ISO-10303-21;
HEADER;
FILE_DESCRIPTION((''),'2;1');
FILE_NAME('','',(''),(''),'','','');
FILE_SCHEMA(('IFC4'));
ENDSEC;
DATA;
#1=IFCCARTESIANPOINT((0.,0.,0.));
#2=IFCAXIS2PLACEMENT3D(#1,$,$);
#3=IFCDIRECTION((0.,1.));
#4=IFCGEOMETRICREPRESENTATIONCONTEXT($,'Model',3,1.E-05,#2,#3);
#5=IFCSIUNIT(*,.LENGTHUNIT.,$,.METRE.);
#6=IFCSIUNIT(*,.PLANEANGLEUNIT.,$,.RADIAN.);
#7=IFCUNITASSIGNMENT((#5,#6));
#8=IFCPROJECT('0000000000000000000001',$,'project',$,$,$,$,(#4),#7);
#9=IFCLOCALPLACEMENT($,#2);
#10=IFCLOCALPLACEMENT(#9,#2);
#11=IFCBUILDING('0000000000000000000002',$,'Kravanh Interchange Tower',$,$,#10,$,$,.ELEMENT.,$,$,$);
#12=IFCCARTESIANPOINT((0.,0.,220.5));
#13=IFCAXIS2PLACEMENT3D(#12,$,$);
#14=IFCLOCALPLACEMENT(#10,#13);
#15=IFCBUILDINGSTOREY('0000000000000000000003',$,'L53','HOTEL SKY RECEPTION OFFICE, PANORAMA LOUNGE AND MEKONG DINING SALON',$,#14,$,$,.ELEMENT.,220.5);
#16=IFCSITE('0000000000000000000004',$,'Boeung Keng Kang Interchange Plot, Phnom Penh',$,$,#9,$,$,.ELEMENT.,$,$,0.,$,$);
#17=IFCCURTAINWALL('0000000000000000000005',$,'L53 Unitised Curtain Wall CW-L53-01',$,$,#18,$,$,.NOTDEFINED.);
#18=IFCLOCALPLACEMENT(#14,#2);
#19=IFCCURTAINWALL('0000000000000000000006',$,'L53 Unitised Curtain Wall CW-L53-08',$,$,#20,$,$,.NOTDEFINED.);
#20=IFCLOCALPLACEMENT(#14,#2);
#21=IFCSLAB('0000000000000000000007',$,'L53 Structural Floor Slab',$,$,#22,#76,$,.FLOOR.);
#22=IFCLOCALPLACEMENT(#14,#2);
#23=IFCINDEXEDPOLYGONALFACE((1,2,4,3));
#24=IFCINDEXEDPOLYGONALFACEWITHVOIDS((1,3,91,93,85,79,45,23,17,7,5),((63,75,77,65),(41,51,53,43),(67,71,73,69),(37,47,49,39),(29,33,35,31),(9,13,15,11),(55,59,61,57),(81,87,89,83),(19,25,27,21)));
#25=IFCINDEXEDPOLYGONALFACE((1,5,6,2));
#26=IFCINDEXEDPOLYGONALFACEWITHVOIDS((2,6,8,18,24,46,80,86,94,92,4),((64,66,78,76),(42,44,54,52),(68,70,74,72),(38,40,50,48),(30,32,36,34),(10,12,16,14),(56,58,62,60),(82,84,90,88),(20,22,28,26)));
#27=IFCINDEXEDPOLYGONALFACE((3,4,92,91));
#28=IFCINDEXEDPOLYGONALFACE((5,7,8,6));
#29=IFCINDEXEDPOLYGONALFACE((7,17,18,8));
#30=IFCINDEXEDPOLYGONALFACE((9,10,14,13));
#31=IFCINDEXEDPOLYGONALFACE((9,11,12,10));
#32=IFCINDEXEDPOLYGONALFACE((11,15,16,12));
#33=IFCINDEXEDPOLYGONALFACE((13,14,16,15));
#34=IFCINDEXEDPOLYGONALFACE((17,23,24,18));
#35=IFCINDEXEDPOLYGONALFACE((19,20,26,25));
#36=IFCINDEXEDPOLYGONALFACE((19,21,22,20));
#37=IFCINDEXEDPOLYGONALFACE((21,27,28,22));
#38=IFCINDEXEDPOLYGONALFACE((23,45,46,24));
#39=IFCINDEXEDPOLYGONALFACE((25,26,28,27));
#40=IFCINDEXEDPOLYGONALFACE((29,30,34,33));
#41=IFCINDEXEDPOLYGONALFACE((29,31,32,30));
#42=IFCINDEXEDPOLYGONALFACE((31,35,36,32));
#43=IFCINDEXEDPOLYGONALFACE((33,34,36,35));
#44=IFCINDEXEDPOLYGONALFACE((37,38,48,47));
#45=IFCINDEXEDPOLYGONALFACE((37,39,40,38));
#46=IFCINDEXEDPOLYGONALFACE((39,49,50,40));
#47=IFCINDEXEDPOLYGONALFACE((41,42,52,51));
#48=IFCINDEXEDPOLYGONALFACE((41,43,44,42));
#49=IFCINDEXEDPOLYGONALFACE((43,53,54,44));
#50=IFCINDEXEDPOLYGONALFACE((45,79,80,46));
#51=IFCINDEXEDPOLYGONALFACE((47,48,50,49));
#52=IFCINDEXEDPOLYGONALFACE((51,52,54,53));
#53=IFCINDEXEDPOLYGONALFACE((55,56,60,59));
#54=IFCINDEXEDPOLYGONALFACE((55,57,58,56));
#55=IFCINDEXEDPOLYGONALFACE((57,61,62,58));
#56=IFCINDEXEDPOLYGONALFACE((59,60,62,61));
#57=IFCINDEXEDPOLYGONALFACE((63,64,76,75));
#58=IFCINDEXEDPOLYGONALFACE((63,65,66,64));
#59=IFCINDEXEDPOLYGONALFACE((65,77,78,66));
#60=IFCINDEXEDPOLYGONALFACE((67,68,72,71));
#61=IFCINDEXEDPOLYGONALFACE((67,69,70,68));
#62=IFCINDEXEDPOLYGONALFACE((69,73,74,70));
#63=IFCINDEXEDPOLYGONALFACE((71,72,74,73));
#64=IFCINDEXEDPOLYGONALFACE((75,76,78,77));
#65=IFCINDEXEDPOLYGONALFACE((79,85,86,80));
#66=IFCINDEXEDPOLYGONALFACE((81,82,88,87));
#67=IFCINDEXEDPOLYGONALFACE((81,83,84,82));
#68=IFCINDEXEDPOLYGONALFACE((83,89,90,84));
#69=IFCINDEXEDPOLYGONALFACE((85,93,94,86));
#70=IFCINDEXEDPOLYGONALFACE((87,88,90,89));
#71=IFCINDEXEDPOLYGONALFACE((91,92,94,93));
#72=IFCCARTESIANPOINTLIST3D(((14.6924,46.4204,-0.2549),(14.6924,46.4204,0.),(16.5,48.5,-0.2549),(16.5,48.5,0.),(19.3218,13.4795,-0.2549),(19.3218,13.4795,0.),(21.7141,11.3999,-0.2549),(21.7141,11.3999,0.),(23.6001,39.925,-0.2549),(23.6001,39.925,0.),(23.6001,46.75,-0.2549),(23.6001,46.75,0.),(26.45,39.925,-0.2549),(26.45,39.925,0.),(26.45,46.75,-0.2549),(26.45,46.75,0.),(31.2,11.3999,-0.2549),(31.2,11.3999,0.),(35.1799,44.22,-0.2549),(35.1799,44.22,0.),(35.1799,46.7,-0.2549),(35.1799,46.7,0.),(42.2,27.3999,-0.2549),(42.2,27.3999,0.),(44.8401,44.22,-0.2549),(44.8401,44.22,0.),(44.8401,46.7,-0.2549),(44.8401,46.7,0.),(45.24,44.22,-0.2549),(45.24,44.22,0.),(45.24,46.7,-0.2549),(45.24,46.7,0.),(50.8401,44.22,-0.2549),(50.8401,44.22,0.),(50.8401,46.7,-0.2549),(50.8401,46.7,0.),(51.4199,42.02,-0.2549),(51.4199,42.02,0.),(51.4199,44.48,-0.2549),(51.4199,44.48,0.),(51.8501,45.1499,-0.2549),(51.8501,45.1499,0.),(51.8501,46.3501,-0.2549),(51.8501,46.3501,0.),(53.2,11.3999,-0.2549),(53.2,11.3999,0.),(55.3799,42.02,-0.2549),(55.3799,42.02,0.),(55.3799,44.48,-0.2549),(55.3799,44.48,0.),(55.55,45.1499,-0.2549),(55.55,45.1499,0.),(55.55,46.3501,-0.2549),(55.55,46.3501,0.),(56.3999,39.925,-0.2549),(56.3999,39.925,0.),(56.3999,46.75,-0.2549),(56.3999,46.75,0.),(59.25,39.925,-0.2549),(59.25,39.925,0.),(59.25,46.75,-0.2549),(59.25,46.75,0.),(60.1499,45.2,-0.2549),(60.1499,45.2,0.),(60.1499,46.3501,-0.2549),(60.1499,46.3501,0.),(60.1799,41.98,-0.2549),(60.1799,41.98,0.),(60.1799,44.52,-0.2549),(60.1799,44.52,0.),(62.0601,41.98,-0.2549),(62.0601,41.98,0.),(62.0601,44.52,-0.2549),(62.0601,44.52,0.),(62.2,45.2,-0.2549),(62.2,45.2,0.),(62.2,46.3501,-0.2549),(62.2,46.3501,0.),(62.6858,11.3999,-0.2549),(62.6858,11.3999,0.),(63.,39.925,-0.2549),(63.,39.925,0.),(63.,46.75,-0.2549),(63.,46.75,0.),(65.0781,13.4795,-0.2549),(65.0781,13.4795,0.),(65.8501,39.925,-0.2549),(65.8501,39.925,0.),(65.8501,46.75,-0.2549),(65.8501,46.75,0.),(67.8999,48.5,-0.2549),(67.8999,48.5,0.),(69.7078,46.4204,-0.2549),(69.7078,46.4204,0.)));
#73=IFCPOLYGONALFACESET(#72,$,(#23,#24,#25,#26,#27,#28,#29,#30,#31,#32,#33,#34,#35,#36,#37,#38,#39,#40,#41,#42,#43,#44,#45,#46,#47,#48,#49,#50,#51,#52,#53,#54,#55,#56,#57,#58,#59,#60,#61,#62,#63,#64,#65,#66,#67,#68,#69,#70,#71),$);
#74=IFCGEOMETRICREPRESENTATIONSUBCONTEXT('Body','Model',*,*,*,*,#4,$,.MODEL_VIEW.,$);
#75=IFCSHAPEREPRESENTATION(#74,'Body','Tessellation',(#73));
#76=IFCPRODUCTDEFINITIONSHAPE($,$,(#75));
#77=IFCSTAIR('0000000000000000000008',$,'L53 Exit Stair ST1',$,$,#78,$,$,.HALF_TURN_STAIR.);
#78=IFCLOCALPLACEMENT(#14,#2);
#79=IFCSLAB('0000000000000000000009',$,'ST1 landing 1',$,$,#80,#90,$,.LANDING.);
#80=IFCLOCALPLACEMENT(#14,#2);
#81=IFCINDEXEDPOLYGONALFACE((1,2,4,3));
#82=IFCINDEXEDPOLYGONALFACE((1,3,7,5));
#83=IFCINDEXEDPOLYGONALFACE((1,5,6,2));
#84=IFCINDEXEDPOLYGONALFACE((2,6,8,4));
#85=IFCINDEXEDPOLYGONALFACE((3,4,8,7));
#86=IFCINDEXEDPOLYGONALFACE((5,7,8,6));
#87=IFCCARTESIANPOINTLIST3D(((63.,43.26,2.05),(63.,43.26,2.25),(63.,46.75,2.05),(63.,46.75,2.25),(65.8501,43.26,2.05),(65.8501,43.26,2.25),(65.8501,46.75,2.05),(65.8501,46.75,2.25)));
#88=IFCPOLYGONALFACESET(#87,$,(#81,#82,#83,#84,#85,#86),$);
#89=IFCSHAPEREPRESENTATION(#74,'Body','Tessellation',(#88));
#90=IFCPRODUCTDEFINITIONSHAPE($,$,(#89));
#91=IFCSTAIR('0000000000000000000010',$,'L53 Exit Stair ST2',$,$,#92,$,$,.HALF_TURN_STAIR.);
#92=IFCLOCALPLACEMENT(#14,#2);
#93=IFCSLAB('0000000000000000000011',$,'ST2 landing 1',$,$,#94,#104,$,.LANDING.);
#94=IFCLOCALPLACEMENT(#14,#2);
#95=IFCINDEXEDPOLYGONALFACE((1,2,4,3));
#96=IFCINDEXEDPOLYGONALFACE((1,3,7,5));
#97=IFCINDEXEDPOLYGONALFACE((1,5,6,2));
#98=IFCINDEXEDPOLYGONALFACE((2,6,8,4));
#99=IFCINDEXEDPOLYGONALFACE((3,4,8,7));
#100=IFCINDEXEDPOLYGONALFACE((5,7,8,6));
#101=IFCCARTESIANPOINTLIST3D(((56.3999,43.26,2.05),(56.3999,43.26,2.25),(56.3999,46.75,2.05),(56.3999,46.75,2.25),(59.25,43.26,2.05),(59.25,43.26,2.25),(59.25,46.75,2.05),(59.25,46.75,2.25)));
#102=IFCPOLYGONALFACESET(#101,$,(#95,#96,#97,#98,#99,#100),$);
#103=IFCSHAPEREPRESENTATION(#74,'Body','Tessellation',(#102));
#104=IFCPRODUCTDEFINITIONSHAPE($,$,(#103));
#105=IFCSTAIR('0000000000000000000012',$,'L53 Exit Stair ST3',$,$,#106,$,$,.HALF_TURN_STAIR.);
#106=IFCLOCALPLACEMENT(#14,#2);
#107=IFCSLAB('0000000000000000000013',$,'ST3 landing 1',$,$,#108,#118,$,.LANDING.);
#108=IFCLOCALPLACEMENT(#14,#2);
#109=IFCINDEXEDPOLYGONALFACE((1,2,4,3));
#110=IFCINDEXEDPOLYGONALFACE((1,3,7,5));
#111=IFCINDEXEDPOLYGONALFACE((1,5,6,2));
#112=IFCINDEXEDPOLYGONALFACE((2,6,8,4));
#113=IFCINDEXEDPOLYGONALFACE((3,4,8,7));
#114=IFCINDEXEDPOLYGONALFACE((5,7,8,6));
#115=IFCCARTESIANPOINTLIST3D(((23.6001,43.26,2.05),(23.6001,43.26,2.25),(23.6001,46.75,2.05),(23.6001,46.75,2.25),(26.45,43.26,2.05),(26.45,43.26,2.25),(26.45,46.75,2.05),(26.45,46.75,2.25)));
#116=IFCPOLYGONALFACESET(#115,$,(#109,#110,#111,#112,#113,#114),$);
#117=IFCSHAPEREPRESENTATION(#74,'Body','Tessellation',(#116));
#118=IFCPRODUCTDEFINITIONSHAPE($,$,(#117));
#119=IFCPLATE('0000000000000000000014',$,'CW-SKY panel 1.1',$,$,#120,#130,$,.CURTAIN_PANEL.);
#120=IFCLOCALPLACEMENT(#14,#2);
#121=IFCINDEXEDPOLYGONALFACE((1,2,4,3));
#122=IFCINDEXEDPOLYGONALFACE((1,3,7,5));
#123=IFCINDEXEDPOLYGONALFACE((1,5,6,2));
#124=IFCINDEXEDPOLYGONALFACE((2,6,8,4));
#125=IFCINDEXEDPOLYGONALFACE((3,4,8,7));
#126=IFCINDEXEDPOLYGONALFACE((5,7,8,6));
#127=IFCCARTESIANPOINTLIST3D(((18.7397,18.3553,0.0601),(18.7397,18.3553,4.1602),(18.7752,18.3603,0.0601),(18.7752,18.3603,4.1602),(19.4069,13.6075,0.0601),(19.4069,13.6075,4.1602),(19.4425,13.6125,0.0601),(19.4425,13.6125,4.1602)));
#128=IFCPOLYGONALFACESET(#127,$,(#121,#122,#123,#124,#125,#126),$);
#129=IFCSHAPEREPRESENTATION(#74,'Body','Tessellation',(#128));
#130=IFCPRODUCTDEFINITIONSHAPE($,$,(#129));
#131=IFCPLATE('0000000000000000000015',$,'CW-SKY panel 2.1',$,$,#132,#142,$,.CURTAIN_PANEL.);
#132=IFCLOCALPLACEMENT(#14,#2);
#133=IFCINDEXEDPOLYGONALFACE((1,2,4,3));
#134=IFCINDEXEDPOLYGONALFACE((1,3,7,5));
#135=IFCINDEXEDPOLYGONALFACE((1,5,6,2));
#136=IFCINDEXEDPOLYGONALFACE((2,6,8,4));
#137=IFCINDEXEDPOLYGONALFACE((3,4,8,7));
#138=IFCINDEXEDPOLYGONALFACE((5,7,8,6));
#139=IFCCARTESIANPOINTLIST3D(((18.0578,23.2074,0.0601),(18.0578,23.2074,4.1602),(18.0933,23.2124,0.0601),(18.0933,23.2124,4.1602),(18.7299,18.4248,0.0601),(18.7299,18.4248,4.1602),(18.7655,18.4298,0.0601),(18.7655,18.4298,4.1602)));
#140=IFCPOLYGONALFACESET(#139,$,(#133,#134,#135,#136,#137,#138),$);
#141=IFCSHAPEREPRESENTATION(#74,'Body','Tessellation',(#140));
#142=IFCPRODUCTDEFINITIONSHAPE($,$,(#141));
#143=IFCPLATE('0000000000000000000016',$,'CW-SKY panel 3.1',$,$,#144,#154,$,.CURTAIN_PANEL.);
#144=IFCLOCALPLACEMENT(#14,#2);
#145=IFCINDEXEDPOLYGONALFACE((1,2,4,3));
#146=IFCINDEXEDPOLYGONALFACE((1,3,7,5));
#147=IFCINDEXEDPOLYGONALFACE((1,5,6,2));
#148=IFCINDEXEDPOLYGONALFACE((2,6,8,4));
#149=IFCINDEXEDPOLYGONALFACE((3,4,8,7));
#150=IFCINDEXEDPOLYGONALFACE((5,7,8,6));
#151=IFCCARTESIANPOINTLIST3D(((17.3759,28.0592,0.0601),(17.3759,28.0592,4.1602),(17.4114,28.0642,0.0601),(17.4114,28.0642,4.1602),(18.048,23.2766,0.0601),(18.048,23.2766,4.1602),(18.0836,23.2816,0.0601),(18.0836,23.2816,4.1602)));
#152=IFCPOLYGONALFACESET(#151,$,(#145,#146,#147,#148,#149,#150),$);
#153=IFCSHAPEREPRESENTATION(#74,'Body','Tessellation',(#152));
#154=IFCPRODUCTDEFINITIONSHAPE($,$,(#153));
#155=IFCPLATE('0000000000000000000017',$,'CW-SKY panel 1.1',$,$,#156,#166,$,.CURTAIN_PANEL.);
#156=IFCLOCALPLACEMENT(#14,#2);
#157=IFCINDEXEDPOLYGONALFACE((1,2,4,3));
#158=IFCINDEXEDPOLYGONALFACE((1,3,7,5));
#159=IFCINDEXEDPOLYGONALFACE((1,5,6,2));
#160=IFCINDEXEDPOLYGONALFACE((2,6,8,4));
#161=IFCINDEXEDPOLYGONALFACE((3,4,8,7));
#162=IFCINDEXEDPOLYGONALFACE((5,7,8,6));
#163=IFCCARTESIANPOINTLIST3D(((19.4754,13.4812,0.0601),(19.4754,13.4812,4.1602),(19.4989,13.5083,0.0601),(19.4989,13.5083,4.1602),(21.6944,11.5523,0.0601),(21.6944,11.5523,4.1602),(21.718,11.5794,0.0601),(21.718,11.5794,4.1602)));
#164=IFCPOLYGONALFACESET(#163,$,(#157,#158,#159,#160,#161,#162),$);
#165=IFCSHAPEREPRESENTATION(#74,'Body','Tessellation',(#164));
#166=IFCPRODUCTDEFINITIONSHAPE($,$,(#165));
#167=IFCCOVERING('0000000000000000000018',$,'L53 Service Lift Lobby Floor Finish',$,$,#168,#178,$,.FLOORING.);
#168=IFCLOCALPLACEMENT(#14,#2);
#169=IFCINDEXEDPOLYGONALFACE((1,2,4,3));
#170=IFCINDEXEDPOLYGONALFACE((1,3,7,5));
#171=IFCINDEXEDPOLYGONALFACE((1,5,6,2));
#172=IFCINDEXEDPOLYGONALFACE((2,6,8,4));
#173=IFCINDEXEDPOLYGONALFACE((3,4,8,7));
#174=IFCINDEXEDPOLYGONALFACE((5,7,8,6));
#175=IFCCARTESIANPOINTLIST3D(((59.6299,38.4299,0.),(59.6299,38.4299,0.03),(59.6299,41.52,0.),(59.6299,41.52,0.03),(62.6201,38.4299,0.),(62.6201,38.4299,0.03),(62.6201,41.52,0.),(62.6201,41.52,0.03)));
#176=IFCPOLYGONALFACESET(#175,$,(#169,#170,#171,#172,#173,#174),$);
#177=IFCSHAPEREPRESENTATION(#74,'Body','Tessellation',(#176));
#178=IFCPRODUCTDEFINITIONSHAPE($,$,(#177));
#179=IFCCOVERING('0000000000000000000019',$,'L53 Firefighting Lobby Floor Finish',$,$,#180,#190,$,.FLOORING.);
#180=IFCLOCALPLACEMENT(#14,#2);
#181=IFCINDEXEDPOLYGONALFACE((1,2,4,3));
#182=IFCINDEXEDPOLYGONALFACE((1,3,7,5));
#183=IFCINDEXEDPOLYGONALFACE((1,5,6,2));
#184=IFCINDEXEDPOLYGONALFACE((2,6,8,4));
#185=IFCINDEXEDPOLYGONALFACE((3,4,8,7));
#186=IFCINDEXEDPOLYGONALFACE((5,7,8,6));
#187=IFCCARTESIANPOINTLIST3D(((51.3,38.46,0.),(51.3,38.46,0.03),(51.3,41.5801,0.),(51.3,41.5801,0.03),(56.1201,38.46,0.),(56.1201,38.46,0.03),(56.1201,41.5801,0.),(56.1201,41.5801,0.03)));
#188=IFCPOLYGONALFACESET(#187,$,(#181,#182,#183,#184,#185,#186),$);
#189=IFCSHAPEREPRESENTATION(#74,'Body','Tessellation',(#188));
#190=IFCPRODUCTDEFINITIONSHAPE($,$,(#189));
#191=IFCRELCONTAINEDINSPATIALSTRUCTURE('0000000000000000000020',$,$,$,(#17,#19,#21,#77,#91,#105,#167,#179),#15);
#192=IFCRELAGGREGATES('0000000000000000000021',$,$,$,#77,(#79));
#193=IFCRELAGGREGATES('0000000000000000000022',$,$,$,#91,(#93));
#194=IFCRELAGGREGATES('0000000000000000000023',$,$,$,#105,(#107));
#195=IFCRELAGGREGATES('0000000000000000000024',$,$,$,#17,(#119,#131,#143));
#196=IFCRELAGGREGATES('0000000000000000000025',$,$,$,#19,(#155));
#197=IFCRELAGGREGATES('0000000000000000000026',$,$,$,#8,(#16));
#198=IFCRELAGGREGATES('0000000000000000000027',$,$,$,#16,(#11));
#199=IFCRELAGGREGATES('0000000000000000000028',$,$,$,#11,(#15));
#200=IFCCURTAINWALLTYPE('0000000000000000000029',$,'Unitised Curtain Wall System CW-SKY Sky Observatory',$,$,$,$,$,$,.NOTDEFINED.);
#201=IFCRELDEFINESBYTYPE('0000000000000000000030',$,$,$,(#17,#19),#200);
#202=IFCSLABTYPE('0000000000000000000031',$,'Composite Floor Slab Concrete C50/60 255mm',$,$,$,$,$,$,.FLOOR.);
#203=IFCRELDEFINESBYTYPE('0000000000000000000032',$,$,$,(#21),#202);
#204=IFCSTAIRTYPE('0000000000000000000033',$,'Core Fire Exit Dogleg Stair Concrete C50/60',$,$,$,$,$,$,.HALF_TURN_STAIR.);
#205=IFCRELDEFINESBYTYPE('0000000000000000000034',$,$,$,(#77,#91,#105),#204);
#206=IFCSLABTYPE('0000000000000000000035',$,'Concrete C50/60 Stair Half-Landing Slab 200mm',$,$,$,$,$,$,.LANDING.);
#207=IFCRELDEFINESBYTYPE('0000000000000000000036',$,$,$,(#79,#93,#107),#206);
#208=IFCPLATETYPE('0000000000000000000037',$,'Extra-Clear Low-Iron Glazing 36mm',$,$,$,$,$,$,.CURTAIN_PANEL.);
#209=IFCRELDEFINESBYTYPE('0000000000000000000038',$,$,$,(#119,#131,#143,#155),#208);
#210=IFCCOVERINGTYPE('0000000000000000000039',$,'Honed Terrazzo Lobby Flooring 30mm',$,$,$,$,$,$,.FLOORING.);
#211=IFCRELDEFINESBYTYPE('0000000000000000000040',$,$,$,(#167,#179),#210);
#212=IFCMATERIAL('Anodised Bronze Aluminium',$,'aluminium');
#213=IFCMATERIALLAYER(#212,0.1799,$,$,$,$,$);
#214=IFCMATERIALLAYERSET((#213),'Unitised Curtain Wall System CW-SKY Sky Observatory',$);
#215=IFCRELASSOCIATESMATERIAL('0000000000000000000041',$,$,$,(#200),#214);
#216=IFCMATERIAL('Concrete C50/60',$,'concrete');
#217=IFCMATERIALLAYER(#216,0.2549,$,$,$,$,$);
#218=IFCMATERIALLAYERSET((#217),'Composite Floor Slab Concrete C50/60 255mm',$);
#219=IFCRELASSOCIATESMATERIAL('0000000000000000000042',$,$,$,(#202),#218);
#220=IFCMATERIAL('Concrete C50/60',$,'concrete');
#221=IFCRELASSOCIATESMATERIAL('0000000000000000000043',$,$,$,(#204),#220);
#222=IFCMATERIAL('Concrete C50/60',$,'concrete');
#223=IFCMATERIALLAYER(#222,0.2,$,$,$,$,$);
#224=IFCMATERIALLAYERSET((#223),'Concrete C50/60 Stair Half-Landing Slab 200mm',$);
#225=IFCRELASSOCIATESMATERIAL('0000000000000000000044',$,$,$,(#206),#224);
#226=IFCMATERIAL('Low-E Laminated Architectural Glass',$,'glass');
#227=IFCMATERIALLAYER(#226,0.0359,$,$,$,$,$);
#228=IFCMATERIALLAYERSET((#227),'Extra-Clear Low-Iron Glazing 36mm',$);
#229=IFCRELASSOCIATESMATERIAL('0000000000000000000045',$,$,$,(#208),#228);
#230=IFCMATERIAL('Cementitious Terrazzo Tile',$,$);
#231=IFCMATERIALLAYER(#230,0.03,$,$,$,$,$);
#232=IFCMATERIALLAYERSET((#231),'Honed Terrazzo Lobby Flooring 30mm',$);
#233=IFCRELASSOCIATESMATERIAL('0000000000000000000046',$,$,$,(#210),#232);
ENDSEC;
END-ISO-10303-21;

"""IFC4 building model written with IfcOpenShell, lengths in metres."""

from ifc_helpers import new_model, si_unit, direction, frame, origin, origin_2d, place, context, subcontext, project, spatial, polyline, rectangle, outline, extrude, material, layer, layer_set, type_object, element, aggregate, save


model = new_model("IFC4")

# Units and contexts
model_context = context("Model", 3, precision=1e-05, world=origin(), true_north=direction((0.0, 1.0)))
body_context = subcontext(model_context, "Body", "Model", "MODEL_VIEW")
ifc_project = project(units=[si_unit("LENGTHUNIT", "METRE"), si_unit("PLANEANGLEUNIT", "RADIAN")], contexts=[model_context])

# Site, building, storey
site_placement = place(None, origin())
site = spatial("IfcSite", under=ifc_project, at=site_placement, Name="Boeung Keng Kang Interchange Plot, Phnom Penh", CompositionType="ELEMENT", RefElevation=0.0)
building_placement = place(site_placement, origin())
building = spatial("IfcBuilding", under=site, at=building_placement, Name="Kravanh Interchange Tower", CompositionType="ELEMENT")
storey_placement = place(building_placement, frame((0.0, 0.0, 220.5)))
storey = spatial("IfcBuildingStorey", under=building, at=storey_placement, Name="L53", Description="HOTEL SKY RECEPTION OFFICE, PANORAMA LOUNGE AND MEKONG DINING SALON", CompositionType="ELEMENT", Elevation=220.5)

# Curtain walls
ifc_material_1 = material(Name="Anodised Bronze Aluminium", Category="aluminium")
ifc_layer_1 = layer(ifc_material_1, 0.1799)
ifc_layer_set_1 = layer_set([ifc_layer_1], Name="Unitised Curtain Wall System CW-SKY Sky Observatory")
curtain_wall_type = type_object("IfcCurtainWallType", Name="Unitised Curtain Wall System CW-SKY Sky Observatory", PredefinedType="NOTDEFINED", material=ifc_layer_set_1)
curtain_wall_1_placement = place(storey_placement, origin())
curtain_wall_1 = element("IfcCurtainWall", 1, at=curtain_wall_1_placement, inside=storey, type_object=curtain_wall_type, Name="L53 Unitised Curtain Wall CW-L53-01", PredefinedType="NOTDEFINED")
curtain_wall_2_placement = place(storey_placement, origin())
curtain_wall_2 = element("IfcCurtainWall", 2, at=curtain_wall_2_placement, inside=storey, type_object=curtain_wall_type, Name="L53 Unitised Curtain Wall CW-L53-08", PredefinedType="NOTDEFINED")

# Slab
ifc_material_2 = material(Name="Concrete C50/60", Category="concrete")
ifc_layer_2 = layer(ifc_material_2, 0.2549)
ifc_layer_set_2 = layer_set([ifc_layer_2], Name="Composite Floor Slab Concrete C50/60 255mm")
slab_type_1 = type_object("IfcSlabType", Name="Composite Floor Slab Concrete C50/60 255mm", PredefinedType="FLOOR", material=ifc_layer_set_2)
slab_1_placement = place(storey_placement, frame((0.0, 0.0, -0.2549)))
element("IfcSlab", 3, at=slab_1_placement, inside=storey, type_object=slab_type_1, Name="L53 Structural Floor Slab", PredefinedType="FLOOR", context=body_context, shape_type="SweptSolid", body=[
    extrude(outline(polyline([(19.3218, 13.4795), (21.7141, 11.3999), (31.2, 11.3999), (42.2, 27.3999), (53.2, 11.3999), (62.6858, 11.3999), (65.0781, 13.4795), (69.7078, 46.4204), (67.8999, 48.5), (16.5, 48.5), (14.6924, 46.4204), (19.3218, 13.4795)]), holes=[polyline([(65.8501, 39.925), (65.8501, 46.75), (63.0, 46.75), (63.0, 39.925), (65.8501, 39.925)]), polyline([(59.25, 39.925), (59.25, 46.75), (56.3999, 46.75), (56.3999, 39.925), (59.25, 39.925)]), polyline([(26.45, 39.925), (26.45, 46.75), (23.6001, 46.75), (23.6001, 39.925), (26.45, 39.925)]), polyline([(35.1799, 44.22), (44.8401, 44.22), (44.8401, 46.7), (35.1799, 46.7), (35.1799, 44.22)]), polyline([(45.24, 44.22), (50.8401, 44.22), (50.8401, 46.7), (45.24, 46.7), (45.24, 44.22)]), polyline([(51.4199, 42.02), (55.3799, 42.02), (55.3799, 44.48), (51.4199, 44.48), (51.4199, 42.02)]), polyline([(60.1799, 41.98), (62.0601, 41.98), (62.0601, 44.52), (60.1799, 44.52), (60.1799, 41.98)]), polyline([(60.1499, 45.2), (62.2, 45.2), (62.2, 46.3501), (60.1499, 46.3501), (60.1499, 45.2)]), polyline([(51.8501, 45.1499), (55.55, 45.1499), (55.55, 46.3501), (51.8501, 46.3501), (51.8501, 45.1499)])]), origin(), (0.0, 0.0, 1.0), 0.2549),
])

# Stairs, slabs
ifc_material_3 = material(Name="Concrete C50/60", Category="concrete")
stair_type = type_object("IfcStairType", Name="Core Fire Exit Dogleg Stair Concrete C50/60", PredefinedType="HALF_TURN_STAIR", material=ifc_material_3)
stair_1_placement = place(storey_placement, origin())
stair_1 = element("IfcStair", 4, at=stair_1_placement, inside=storey, type_object=stair_type, Name="L53 Exit Stair ST1", PredefinedType="HALF_TURN_STAIR")
ifc_material_4 = material(Name="Concrete C50/60", Category="concrete")
ifc_layer_3 = layer(ifc_material_4, 0.2)
ifc_layer_set_3 = layer_set([ifc_layer_3], Name="Concrete C50/60 Stair Half-Landing Slab 200mm")
slab_type_2 = type_object("IfcSlabType", Name="Concrete C50/60 Stair Half-Landing Slab 200mm", PredefinedType="LANDING", material=ifc_layer_set_3)
slab_2_placement = place(storey_placement, frame((0.0, 0.0, 2.05)))
slab_2 = element("IfcSlab", 5, at=slab_2_placement, type_object=slab_type_2, Name="ST1 landing 1", PredefinedType="LANDING", context=body_context, shape_type="SweptSolid", body=[
    extrude(outline(polyline([(65.8501, 43.26), (65.8501, 46.75), (63.0, 46.75), (63.0, 43.26), (65.8501, 43.26)])), origin(), (0.0, 0.0, 1.0), 0.2),
])
aggregate(stair_1, [slab_2])
stair_2_placement = place(storey_placement, origin())
stair_2 = element("IfcStair", 6, at=stair_2_placement, inside=storey, type_object=stair_type, Name="L53 Exit Stair ST2", PredefinedType="HALF_TURN_STAIR")
slab_3_placement = place(storey_placement, frame((0.0, 0.0, 2.05)))
slab_3 = element("IfcSlab", 7, at=slab_3_placement, type_object=slab_type_2, Name="ST2 landing 1", PredefinedType="LANDING", context=body_context, shape_type="SweptSolid", body=[
    extrude(outline(polyline([(59.25, 43.26), (59.25, 46.75), (56.3999, 46.75), (56.3999, 43.26), (59.25, 43.26)])), origin(), (0.0, 0.0, 1.0), 0.2),
])
aggregate(stair_2, [slab_3])
stair_3_placement = place(storey_placement, origin())
stair_3 = element("IfcStair", 8, at=stair_3_placement, inside=storey, type_object=stair_type, Name="L53 Exit Stair ST3", PredefinedType="HALF_TURN_STAIR")
slab_4_placement = place(storey_placement, frame((0.0, 0.0, 2.05)))
slab_4 = element("IfcSlab", 9, at=slab_4_placement, type_object=slab_type_2, Name="ST3 landing 1", PredefinedType="LANDING", context=body_context, shape_type="SweptSolid", body=[
    extrude(outline(polyline([(26.45, 43.26), (26.45, 46.75), (23.6001, 46.75), (23.6001, 43.26), (26.45, 43.26)])), origin(), (0.0, 0.0, 1.0), 0.2),
])
aggregate(stair_3, [slab_4])

# Plates
ifc_material_5 = material(Name="Low-E Laminated Architectural Glass", Category="glass")
ifc_layer_4 = layer(ifc_material_5, 0.0359)
ifc_layer_set_4 = layer_set([ifc_layer_4], Name="Extra-Clear Low-Iron Glazing 36mm")
plate_type = type_object("IfcPlateType", Name="Extra-Clear Low-Iron Glazing 36mm", PredefinedType="CURTAIN_PANEL", material=ifc_layer_set_4)
plate_1_placement = place(storey_placement, frame((19.0911, 15.9839, 0.0601), z_axis=(0.0, 0.0, 1.0), x_axis=(-0.139172, 0.990268, 0.0)))
plate_1 = element("IfcPlate", 10, at=plate_1_placement, type_object=plate_type, Name="CW-SKY panel 1.1", PredefinedType="CURTAIN_PANEL", context=body_context, shape_type="SweptSolid", body=[
    extrude(rectangle(XDim=4.7944, YDim=0.0359, at=origin_2d()), origin(), (0.0, 0.0, 1.0), 4.1001),
])
plate_2_placement = place(storey_placement, frame((18.4116, 20.8186, 0.0601), z_axis=(0.0, 0.0, 1.0), x_axis=(-0.139172, 0.990268, 0.0)))
plate_2 = element("IfcPlate", 11, at=plate_2_placement, type_object=plate_type, Name="CW-SKY panel 2.1", PredefinedType="CURTAIN_PANEL", context=body_context, shape_type="SweptSolid", body=[
    extrude(rectangle(XDim=4.8296, YDim=0.0359, at=origin_2d()), origin(), (0.0, 0.0, 1.0), 4.1001),
])
plate_3_placement = place(storey_placement, frame((17.7297, 25.6704, 0.0601), z_axis=(0.0, 0.0, 1.0), x_axis=(-0.139172, 0.990268, 0.0)))
plate_3 = element("IfcPlate", 12, at=plate_3_placement, type_object=plate_type, Name="CW-SKY panel 3.1", PredefinedType="CURTAIN_PANEL", context=body_context, shape_type="SweptSolid", body=[
    extrude(rectangle(XDim=4.8296, YDim=0.0359, at=origin_2d()), origin(), (0.0, 0.0, 1.0), 4.1001),
])
aggregate(curtain_wall_1, [plate_1, plate_2, plate_3])
plate_4_placement = place(storey_placement, frame((20.5967, 12.5303, 0.0601), z_axis=(0.0, 0.0, 1.0), x_axis=(-0.754717, 0.656051, 0.0)))
plate_4 = element("IfcPlate", 13, at=plate_4_placement, type_object=plate_type, Name="CW-SKY panel 1.1", PredefinedType="CURTAIN_PANEL", context=body_context, shape_type="SweptSolid", body=[
    extrude(rectangle(XDim=2.9402, YDim=0.0359, at=origin_2d()), origin(), (0.0, 0.0, 1.0), 4.1001),
])
aggregate(curtain_wall_2, [plate_4])

# Coverings
ifc_material_6 = material(Name="Cementitious Terrazzo Tile")
ifc_layer_5 = layer(ifc_material_6, 0.03)
ifc_layer_set_5 = layer_set([ifc_layer_5], Name="Honed Terrazzo Lobby Flooring 30mm")
covering_type_1 = type_object("IfcCoveringType", Name="Honed Terrazzo Lobby Flooring 30mm", PredefinedType="FLOORING", material=ifc_layer_set_5)
covering_1_placement = place(storey_placement, origin())
element("IfcCovering", 14, at=covering_1_placement, inside=storey, type_object=covering_type_1, Name="L53 Service Lift Lobby Floor Finish", PredefinedType="FLOORING", context=body_context, shape_type="SweptSolid", body=[
    extrude(outline(polyline([(59.6299, 41.52), (62.6201, 41.52), (62.6201, 38.4299), (59.6299, 38.4299), (59.6299, 41.52)])), origin(), (0.0, 0.0, 1.0), 0.03),
])
covering_2_placement = place(storey_placement, origin())
element("IfcCovering", 15, at=covering_2_placement, inside=storey, type_object=covering_type_1, Name="L53 Firefighting Lobby Floor Finish", PredefinedType="FLOORING", context=body_context, shape_type="SweptSolid", body=[
    extrude(outline(polyline([(56.1201, 38.46), (51.3, 38.46), (51.3, 41.5801), (56.1201, 41.5801), (56.1201, 38.46)])), origin(), (0.0, 0.0, 1.0), 0.03),
])

save(model, "model.ifc")
